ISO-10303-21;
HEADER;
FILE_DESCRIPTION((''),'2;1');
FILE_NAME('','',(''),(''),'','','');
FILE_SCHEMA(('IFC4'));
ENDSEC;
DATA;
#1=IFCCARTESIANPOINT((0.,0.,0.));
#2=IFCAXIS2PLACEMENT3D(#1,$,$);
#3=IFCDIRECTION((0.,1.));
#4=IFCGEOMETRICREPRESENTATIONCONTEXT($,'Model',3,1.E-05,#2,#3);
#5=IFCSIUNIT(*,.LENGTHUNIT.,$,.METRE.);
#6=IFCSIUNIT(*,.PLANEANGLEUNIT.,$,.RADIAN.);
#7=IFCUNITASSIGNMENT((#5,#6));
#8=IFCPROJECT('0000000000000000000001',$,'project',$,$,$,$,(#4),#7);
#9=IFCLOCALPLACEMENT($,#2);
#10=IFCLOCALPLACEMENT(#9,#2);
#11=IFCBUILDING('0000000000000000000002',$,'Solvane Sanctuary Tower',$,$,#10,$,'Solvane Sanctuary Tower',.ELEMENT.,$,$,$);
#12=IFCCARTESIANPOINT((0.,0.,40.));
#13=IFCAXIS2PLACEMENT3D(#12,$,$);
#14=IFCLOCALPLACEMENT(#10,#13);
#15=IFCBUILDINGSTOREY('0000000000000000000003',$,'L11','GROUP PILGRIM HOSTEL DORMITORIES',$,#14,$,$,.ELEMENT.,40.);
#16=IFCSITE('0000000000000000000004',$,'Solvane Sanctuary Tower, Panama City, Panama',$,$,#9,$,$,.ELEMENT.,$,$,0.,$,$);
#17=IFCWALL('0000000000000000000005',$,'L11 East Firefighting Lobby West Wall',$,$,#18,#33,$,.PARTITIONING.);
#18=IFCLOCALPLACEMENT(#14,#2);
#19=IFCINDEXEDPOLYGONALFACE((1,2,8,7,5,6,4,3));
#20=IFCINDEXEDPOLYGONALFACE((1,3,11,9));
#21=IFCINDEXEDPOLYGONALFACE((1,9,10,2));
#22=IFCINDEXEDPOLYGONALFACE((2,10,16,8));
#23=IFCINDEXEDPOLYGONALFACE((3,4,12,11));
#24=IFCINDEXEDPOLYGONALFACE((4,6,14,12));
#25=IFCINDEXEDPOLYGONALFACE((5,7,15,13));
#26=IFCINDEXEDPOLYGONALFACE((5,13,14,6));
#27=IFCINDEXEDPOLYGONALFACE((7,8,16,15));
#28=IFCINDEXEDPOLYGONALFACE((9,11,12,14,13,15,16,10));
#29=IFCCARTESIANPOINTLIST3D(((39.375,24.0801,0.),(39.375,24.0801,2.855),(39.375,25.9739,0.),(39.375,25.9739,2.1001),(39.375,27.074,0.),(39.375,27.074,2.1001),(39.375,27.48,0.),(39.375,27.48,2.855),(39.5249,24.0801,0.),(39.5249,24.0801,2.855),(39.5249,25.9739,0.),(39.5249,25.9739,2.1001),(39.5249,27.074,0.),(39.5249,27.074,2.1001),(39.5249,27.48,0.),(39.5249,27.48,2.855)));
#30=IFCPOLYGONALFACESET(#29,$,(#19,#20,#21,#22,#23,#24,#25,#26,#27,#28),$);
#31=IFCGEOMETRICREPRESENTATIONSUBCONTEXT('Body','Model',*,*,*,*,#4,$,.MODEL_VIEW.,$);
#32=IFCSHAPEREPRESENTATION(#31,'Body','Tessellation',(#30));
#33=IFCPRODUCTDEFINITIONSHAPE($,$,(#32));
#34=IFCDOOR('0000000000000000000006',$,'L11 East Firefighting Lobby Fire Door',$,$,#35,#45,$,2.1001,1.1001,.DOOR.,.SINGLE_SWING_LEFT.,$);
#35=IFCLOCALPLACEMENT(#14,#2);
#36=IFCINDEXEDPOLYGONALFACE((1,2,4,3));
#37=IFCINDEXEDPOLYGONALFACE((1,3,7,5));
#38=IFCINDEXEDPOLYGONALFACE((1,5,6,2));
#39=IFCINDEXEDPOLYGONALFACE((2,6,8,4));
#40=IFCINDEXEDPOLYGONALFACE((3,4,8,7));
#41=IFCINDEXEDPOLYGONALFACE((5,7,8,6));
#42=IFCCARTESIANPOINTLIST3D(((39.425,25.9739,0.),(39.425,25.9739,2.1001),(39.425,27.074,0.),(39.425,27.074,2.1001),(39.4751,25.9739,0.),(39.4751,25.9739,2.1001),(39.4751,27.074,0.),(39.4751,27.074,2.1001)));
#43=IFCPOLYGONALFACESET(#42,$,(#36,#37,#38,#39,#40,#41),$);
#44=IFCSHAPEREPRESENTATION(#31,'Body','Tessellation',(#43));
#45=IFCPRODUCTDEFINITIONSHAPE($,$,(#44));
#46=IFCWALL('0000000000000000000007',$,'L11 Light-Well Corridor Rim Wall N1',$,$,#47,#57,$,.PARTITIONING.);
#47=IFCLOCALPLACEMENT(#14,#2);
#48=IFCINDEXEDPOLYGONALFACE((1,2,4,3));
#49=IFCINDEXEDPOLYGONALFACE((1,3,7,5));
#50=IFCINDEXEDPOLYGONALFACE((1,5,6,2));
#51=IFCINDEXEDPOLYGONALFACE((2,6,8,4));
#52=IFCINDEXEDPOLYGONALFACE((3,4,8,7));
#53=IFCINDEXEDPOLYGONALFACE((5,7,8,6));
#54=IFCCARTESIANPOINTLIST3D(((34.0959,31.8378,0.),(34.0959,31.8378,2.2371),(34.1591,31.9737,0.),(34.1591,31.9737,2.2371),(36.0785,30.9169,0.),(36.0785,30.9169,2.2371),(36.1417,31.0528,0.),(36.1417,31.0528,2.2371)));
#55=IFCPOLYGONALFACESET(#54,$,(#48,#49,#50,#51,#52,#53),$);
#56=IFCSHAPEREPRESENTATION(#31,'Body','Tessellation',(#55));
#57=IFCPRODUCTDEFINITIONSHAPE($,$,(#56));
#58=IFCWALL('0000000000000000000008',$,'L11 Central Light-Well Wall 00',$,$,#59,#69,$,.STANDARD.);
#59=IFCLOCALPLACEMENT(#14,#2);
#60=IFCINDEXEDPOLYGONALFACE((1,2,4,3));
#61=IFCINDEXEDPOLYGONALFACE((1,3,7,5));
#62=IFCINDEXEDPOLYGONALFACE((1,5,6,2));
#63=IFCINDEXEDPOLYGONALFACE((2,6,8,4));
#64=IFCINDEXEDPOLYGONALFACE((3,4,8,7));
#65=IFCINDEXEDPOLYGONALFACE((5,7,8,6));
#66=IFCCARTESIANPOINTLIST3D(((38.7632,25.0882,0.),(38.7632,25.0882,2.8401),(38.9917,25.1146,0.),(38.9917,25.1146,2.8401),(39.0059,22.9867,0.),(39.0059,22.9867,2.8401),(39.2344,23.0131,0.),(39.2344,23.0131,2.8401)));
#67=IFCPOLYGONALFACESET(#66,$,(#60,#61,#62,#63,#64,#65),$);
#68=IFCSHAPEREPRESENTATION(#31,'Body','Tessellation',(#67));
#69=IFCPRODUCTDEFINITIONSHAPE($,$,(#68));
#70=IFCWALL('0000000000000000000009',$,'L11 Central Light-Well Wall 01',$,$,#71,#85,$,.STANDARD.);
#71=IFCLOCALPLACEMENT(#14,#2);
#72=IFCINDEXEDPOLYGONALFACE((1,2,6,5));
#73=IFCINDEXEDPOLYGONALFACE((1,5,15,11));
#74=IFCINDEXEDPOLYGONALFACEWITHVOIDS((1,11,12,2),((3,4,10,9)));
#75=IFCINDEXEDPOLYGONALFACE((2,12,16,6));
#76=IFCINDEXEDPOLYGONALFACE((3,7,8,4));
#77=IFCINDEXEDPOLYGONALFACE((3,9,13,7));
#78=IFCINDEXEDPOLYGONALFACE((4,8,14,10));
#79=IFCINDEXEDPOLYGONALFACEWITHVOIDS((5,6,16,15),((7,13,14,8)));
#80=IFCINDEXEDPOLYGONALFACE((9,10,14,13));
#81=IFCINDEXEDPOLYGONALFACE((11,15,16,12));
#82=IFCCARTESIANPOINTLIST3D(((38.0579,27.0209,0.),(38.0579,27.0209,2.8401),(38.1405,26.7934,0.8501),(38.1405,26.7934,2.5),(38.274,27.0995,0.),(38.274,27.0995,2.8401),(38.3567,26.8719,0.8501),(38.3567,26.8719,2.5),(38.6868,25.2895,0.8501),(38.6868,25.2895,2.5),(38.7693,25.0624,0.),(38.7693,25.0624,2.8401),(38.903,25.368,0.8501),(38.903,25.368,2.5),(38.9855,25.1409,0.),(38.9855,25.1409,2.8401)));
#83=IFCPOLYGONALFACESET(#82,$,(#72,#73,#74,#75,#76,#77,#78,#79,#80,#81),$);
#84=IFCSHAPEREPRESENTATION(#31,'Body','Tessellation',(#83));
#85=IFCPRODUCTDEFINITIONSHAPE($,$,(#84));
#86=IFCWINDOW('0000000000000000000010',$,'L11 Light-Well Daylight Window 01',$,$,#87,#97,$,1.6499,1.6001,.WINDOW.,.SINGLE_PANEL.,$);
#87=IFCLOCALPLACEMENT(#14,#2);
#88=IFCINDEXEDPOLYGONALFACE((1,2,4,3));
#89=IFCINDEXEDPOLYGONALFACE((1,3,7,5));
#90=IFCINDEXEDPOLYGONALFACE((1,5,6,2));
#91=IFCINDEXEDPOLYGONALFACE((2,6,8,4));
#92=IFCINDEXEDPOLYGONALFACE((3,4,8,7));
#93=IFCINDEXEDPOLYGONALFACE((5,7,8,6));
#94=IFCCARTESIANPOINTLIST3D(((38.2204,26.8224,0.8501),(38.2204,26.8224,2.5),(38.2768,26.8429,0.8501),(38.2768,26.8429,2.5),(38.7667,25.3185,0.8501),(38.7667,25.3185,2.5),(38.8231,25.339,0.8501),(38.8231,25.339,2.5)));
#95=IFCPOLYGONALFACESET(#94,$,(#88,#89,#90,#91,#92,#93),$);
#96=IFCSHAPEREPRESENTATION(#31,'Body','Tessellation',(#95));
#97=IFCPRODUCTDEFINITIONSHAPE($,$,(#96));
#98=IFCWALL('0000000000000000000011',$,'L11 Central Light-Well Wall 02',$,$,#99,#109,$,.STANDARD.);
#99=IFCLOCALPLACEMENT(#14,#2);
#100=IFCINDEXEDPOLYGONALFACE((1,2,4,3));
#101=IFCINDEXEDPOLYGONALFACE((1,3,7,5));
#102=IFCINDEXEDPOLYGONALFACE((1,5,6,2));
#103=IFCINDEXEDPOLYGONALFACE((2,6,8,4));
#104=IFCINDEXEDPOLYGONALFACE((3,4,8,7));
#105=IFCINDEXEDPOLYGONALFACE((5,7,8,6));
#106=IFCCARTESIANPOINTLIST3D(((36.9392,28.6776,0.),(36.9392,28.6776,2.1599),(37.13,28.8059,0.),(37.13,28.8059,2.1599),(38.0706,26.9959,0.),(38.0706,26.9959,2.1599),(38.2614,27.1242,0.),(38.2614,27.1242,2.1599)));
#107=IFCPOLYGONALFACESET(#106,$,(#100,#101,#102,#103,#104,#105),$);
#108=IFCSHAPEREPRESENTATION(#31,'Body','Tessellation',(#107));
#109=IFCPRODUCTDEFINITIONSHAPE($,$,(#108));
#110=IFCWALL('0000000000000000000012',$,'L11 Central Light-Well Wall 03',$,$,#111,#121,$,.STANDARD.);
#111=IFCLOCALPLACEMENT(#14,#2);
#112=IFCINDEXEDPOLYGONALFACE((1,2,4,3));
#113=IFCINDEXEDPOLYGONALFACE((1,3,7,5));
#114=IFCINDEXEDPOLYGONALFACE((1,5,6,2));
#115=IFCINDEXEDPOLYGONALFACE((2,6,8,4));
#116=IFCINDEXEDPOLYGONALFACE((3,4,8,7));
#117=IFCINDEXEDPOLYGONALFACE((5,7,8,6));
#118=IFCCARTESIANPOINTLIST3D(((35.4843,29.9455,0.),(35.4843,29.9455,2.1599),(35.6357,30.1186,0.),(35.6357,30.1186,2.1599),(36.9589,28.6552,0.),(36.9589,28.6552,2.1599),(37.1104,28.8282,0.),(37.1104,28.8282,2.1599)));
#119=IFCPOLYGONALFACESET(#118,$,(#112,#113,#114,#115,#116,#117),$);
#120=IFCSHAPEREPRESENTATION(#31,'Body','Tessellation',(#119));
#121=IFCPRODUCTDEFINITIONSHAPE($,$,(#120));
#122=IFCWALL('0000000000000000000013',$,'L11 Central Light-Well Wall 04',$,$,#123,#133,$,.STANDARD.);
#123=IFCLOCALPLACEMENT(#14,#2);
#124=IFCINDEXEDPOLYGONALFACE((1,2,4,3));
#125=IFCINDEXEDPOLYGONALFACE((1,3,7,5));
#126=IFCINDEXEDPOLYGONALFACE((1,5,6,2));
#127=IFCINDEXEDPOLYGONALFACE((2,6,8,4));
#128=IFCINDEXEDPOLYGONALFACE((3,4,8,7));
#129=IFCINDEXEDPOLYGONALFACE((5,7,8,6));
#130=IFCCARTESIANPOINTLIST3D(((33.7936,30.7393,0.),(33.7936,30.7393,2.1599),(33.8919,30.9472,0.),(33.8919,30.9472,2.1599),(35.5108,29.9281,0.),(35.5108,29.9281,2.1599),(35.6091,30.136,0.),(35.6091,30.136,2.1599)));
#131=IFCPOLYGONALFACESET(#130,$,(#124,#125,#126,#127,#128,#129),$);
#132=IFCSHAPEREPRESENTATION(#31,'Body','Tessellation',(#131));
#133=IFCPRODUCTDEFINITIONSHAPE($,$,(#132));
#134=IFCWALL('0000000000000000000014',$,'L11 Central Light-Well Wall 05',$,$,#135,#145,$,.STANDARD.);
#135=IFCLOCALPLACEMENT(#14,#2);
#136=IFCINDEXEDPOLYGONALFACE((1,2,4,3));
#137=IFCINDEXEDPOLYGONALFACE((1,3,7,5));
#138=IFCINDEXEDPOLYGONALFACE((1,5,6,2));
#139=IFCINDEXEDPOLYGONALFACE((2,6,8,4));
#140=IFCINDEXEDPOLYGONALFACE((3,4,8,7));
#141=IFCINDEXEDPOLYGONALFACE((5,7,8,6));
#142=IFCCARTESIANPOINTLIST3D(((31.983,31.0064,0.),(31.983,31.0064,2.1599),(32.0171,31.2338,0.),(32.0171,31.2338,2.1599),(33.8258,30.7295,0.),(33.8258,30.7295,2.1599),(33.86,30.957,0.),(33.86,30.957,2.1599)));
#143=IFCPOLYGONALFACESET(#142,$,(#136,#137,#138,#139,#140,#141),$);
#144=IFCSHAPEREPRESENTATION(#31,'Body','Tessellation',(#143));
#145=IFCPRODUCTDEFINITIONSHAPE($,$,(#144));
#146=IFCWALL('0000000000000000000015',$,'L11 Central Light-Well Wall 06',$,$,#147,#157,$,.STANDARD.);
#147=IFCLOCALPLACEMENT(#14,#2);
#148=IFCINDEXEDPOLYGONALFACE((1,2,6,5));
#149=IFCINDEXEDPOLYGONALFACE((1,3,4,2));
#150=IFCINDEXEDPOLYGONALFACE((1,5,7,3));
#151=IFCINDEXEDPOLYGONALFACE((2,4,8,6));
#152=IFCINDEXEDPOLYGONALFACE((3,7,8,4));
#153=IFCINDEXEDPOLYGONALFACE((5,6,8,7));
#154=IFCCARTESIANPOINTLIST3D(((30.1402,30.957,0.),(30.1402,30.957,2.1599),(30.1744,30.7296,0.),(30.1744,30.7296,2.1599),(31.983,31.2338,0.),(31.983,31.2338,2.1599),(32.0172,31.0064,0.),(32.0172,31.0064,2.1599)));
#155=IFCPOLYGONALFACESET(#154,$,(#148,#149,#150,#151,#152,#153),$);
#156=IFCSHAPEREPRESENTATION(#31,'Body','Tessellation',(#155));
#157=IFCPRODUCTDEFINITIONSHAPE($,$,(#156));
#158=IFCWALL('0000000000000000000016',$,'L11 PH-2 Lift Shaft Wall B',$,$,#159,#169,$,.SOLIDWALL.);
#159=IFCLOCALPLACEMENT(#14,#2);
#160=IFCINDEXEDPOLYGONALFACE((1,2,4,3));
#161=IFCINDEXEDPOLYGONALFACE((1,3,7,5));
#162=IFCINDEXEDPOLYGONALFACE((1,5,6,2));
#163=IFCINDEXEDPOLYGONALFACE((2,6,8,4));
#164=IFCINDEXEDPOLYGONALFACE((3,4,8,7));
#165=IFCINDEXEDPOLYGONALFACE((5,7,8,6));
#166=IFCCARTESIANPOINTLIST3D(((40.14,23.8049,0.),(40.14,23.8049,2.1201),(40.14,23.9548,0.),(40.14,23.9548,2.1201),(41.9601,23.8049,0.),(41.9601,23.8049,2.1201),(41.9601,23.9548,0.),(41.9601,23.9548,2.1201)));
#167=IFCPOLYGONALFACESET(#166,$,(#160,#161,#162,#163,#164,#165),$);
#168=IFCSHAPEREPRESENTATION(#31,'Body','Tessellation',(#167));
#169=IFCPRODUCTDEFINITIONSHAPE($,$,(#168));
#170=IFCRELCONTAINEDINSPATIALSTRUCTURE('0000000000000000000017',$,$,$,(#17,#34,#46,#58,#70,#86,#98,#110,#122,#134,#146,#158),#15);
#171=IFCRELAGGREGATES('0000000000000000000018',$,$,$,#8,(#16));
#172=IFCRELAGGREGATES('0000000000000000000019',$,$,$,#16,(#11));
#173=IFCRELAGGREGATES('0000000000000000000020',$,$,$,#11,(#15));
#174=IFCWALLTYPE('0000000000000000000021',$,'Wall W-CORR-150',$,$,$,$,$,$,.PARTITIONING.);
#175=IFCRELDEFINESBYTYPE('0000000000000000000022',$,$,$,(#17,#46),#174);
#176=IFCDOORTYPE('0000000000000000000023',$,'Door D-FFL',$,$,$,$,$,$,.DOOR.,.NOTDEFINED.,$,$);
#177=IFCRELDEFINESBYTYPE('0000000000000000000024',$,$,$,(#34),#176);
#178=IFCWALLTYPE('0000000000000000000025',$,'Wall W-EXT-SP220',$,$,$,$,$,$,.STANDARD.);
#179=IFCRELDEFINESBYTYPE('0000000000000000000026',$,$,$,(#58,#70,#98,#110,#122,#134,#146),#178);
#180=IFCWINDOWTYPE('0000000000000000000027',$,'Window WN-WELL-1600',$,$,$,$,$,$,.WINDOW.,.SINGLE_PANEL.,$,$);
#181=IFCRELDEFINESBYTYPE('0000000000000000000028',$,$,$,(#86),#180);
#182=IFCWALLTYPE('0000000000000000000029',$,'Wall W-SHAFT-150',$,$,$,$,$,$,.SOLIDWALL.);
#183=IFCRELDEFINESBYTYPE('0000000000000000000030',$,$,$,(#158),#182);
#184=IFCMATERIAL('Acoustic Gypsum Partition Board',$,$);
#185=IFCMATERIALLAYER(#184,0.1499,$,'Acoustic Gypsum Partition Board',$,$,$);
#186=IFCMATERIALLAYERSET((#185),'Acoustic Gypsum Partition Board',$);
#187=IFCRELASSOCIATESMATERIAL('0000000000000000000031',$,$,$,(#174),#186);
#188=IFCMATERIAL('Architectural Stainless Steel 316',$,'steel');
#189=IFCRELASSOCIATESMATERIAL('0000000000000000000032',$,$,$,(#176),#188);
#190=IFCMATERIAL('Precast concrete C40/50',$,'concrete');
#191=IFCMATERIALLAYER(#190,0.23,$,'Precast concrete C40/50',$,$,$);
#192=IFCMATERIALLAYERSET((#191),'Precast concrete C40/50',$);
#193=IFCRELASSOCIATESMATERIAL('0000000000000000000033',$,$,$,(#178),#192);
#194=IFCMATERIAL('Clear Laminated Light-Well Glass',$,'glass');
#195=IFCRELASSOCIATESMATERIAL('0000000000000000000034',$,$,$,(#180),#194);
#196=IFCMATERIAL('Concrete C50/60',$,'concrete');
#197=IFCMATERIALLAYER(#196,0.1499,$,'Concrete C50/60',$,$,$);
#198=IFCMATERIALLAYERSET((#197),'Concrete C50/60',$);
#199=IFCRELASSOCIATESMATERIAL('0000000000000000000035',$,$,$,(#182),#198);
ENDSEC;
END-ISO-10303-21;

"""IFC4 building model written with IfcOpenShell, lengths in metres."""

from ifc_helpers import new_model, si_unit, direction, frame, frame_2d, origin, place, context, subcontext, project, spatial, rectangle, extrude, material, layer, layer_set, type_object, element, fill, save


model = new_model("IFC4")

# Units and contexts
model_context = context("Model", 3, precision=1e-05, world=origin(), true_north=direction((0.0, 1.0)))
body_context = subcontext(model_context, "Body", "Model", "MODEL_VIEW")
ifc_project = project(units=[si_unit("LENGTHUNIT", "METRE"), si_unit("PLANEANGLEUNIT", "RADIAN")], contexts=[model_context])

# Site, building, storey
site_placement = place(None, origin())
site = spatial("IfcSite", under=ifc_project, at=site_placement, Name="Solvane Sanctuary Tower, Panama City, Panama", CompositionType="ELEMENT", RefElevation=0.0)
building_placement = place(site_placement, origin())
building = spatial("IfcBuilding", under=site, at=building_placement, Name="Solvane Sanctuary Tower", LongName="Solvane Sanctuary Tower", CompositionType="ELEMENT")
storey_placement = place(building_placement, frame((0.0, 0.0, 40.0)))
storey = spatial("IfcBuildingStorey", under=building, at=storey_placement, Name="L11", Description="GROUP PILGRIM HOSTEL DORMITORIES", CompositionType="ELEMENT", Elevation=40.0)

# Shared definitions
ifc_material_1 = material(Name="Acoustic Gypsum Partition Board")
ifc_layer_1 = layer(ifc_material_1, 0.1499, Name="Acoustic Gypsum Partition Board")
ifc_layer_set_1 = layer_set([ifc_layer_1], Name="Acoustic Gypsum Partition Board")
wall_type_1 = type_object("IfcWallType", Name="Wall W-CORR-150", PredefinedType="PARTITIONING", material=ifc_layer_set_1)

# Wall, opening, door
wall_1_placement = place(storey_placement, frame((39.45, 24.0801, 0.0), z_axis=(0.0, 0.0, 1.0), x_axis=(0.0, 1.0, 0.0)))
wall_1 = element("IfcWall", 1, at=wall_1_placement, inside=storey, type_object=wall_type_1, Name="L11 East Firefighting Lobby West Wall", PredefinedType="PARTITIONING", context=body_context, shape_type="SweptSolid", body=[
    extrude(rectangle(XDim=3.3999, YDim=0.1499, at=frame_2d((1.7, 0.0))), origin(), (0.0, 0.0, 1.0), 2.855),
])
opening_1_placement = place(wall_1_placement, frame((1.8938, 0.0, 0.0)))
opening_1 = element("IfcOpeningElement", 2, at=opening_1_placement, cuts=wall_1, PredefinedType="OPENING", context=body_context, shape_type="SweptSolid", body=[
    extrude(rectangle(XDim=1.1001, YDim=2.1001, at=frame_2d((0.55, 1.05))), frame((0.0, 0.085, 0.0), z_axis=(0.0, -1.0, 0.0), x_axis=(1.0, 0.0, 0.0)), (0.0, 0.0, 1.0), 0.1699),
])
ifc_material_2 = material(Name="Architectural Stainless Steel 316", Category="steel")
door_type = type_object("IfcDoorType", Name="Door D-FFL", OperationType="NOTDEFINED", PredefinedType="DOOR", material=ifc_material_2)
door_placement = place(opening_1_placement, origin())
door = element("IfcDoor", 3, at=door_placement, inside=storey, type_object=door_type, Name="L11 East Firefighting Lobby Fire Door", OperationType="SINGLE_SWING_LEFT", OverallHeight=2.1001, OverallWidth=1.1001, PredefinedType="DOOR", context=body_context, shape_type="SweptSolid", body=[
    extrude(rectangle(XDim=1.1001, YDim=2.1001, at=frame_2d((0.55, 1.05))), frame((0.0, 0.0249, 0.0), z_axis=(0.0, -1.0, 0.0), x_axis=(1.0, 0.0, 0.0)), (0.0, 0.0, 1.0), 0.05),
])
fill(opening_1, door)

# Walls
wall_2_placement = place(storey_placement, frame((36.1101, 30.9849, 0.0), z_axis=(0.0, 0.0, 1.0), x_axis=(-0.906943, 0.421252, 0.0)))
element("IfcWall", 4, at=wall_2_placement, inside=storey, type_object=wall_type_1, Name="L11 Light-Well Corridor Rim Wall N1", PredefinedType="PARTITIONING", context=body_context, shape_type="SweptSolid", body=[
    extrude(rectangle(XDim=2.186, YDim=0.1499, at=frame_2d((1.093, 0.0))), origin(), (0.0, 0.0, 1.0), 2.2371),
])
ifc_material_3 = material(Name="Precast concrete C40/50", Category="concrete")
ifc_layer_2 = layer(ifc_material_3, 0.23, Name="Precast concrete C40/50")
ifc_layer_set_2 = layer_set([ifc_layer_2], Name="Precast concrete C40/50")
wall_type_2 = type_object("IfcWallType", Name="Wall W-EXT-SP220", PredefinedType="STANDARD", material=ifc_layer_set_2)
wall_3_placement = place(storey_placement, frame((39.1201, 23.0, 0.0), z_axis=(0.0, 0.0, 1.0), x_axis=(-0.114712, 0.993399, 0.0)))
element("IfcWall", 5, at=wall_3_placement, inside=storey, type_object=wall_type_2, Name="L11 Central Light-Well Wall 00", PredefinedType="STANDARD", context=body_context, shape_type="SweptSolid", body=[
    extrude(rectangle(XDim=2.1155, YDim=0.23, at=frame_2d((1.0576, 0.0))), origin(), (0.0, 0.0, 1.0), 2.8401),
])

# Wall, opening, window
wall_4_placement = place(storey_placement, frame((38.8774, 25.1016, 0.0), z_axis=(0.0, 0.0, 1.0), x_axis=(-0.341423, 0.93991, 0.0)))
wall_4 = element("IfcWall", 6, at=wall_4_placement, inside=storey, type_object=wall_type_2, Name="L11 Central Light-Well Wall 01", PredefinedType="STANDARD", context=body_context, shape_type="SweptSolid", body=[
    extrude(rectangle(XDim=2.0837, YDim=0.23, at=frame_2d((1.042, 0.0))), origin(), (0.0, 0.0, 1.0), 2.8401),
])
opening_2_placement = place(wall_4_placement, frame((0.2417, 0.0, 0.8501)))
opening_2 = element("IfcOpeningElement", 7, at=opening_2_placement, cuts=wall_4, PredefinedType="OPENING", context=body_context, shape_type="SweptSolid", body=[
    extrude(rectangle(XDim=1.6001, YDim=1.6499, at=frame_2d((0.8, 0.825))), frame((0.0, 0.125, 0.0), z_axis=(0.0, -1.0, 0.0), x_axis=(1.0, 0.0, 0.0)), (0.0, 0.0, 1.0), 0.25),
])
ifc_material_4 = material(Name="Clear Laminated Light-Well Glass", Category="glass")
window_type = type_object("IfcWindowType", Name="Window WN-WELL-1600", PartitioningType="SINGLE_PANEL", PredefinedType="WINDOW", material=ifc_material_4)
window_placement = place(opening_2_placement, origin())
window = element("IfcWindow", 8, at=window_placement, inside=storey, type_object=window_type, Name="L11 Light-Well Daylight Window 01", OverallHeight=1.6499, OverallWidth=1.6001, PartitioningType="SINGLE_PANEL", PredefinedType="WINDOW", context=body_context, shape_type="SweptSolid", body=[
    extrude(rectangle(XDim=1.6001, YDim=1.6499, at=frame_2d((0.8, 0.825))), frame((0.0, 0.03, 0.0), z_axis=(0.0, -1.0, 0.0), x_axis=(1.0, 0.0, 0.0)), (0.0, 0.0, 1.0), 0.0601),
])
fill(opening_2, window)

# Walls
wall_5_placement = place(storey_placement, frame((38.166, 27.0601, 0.0), z_axis=(0.0, 0.0, 1.0), x_axis=(-0.558198, 0.829708, 0.0)))
element("IfcWall", 9, at=wall_5_placement, inside=storey, type_object=wall_type_2, Name="L11 Central Light-Well Wall 02", PredefinedType="STANDARD", context=body_context, shape_type="SweptSolid", body=[
    extrude(rectangle(XDim=2.0269, YDim=0.23, at=frame_2d((1.0134, 0.0))), origin(), (0.0, 0.0, 1.0), 2.1599),
])
wall_6_placement = place(storey_placement, frame((37.0347, 28.7417, 0.0), z_axis=(0.0, 0.0, 1.0), x_axis=(-0.752577, 0.658505, 0.0)))
element("IfcWall", 10, at=wall_6_placement, inside=storey, type_object=wall_type_2, Name="L11 Central Light-Well Wall 03", PredefinedType="STANDARD", context=body_context, shape_type="SweptSolid", body=[
    extrude(rectangle(XDim=1.9595, YDim=0.23, at=frame_2d((0.9797, 0.0))), origin(), (0.0, 0.0, 1.0), 2.1599),
])
wall_7_placement = place(storey_placement, frame((35.5601, 30.032, 0.0), z_axis=(0.0, 0.0, 1.0), x_axis=(-0.90418, 0.427152, 0.0)))
element("IfcWall", 11, at=wall_7_placement, inside=storey, type_object=wall_type_2, Name="L11 Central Light-Well Wall 04", PredefinedType="STANDARD", context=body_context, shape_type="SweptSolid", body=[
    extrude(rectangle(XDim=1.8992, YDim=0.23, at=frame_2d((0.9497, 0.0))), origin(), (0.0, 0.0, 1.0), 2.1599),
])
for number, where, z_axis, x_axis, name in (
    (12, (33.8428, 30.8433, 0.0), (0.0, 0.0, 1.0), (-0.988902, 0.148571, 0.0), "L11 Central Light-Well Wall 05"),
    (13, (32.0, 31.1201, 0.0), (0.0, 0.0, 1.0), (-0.988902, -0.148571, 0.0), "L11 Central Light-Well Wall 06"),
):
    element("IfcWall", number, at=place(storey_placement, frame(where, z_axis=z_axis, x_axis=x_axis)), inside=storey, type_object=wall_type_2, Name=name, PredefinedType="STANDARD", context=body_context, shape_type="SweptSolid", body=[
        extrude(rectangle(XDim=1.8635, YDim=0.23, at=frame_2d((0.9316, 0.0))), origin(), (0.0, 0.0, 1.0), 2.1599),
    ])
ifc_material_5 = material(Name="Concrete C50/60", Category="concrete")
ifc_layer_3 = layer(ifc_material_5, 0.1499, Name="Concrete C50/60")
ifc_layer_set_3 = layer_set([ifc_layer_3], Name="Concrete C50/60")
wall_type_3 = type_object("IfcWallType", Name="Wall W-SHAFT-150", PredefinedType="SOLIDWALL", material=ifc_layer_set_3)
wall_8_placement = place(storey_placement, frame((40.1399, 23.8799, 0.0), z_axis=(0.0, 0.0, 1.0), x_axis=(1.0, 0.0, 0.0)))
element("IfcWall", 14, at=wall_8_placement, inside=storey, type_object=wall_type_3, Name="L11 PH-2 Lift Shaft Wall B", PredefinedType="SOLIDWALL", context=body_context, shape_type="SweptSolid", body=[
    extrude(rectangle(XDim=1.8201, YDim=0.1499, at=frame_2d((0.9102, 0.0))), origin(), (0.0, 0.0, 1.0), 2.1201),
])

save(model, "model.ifc")
